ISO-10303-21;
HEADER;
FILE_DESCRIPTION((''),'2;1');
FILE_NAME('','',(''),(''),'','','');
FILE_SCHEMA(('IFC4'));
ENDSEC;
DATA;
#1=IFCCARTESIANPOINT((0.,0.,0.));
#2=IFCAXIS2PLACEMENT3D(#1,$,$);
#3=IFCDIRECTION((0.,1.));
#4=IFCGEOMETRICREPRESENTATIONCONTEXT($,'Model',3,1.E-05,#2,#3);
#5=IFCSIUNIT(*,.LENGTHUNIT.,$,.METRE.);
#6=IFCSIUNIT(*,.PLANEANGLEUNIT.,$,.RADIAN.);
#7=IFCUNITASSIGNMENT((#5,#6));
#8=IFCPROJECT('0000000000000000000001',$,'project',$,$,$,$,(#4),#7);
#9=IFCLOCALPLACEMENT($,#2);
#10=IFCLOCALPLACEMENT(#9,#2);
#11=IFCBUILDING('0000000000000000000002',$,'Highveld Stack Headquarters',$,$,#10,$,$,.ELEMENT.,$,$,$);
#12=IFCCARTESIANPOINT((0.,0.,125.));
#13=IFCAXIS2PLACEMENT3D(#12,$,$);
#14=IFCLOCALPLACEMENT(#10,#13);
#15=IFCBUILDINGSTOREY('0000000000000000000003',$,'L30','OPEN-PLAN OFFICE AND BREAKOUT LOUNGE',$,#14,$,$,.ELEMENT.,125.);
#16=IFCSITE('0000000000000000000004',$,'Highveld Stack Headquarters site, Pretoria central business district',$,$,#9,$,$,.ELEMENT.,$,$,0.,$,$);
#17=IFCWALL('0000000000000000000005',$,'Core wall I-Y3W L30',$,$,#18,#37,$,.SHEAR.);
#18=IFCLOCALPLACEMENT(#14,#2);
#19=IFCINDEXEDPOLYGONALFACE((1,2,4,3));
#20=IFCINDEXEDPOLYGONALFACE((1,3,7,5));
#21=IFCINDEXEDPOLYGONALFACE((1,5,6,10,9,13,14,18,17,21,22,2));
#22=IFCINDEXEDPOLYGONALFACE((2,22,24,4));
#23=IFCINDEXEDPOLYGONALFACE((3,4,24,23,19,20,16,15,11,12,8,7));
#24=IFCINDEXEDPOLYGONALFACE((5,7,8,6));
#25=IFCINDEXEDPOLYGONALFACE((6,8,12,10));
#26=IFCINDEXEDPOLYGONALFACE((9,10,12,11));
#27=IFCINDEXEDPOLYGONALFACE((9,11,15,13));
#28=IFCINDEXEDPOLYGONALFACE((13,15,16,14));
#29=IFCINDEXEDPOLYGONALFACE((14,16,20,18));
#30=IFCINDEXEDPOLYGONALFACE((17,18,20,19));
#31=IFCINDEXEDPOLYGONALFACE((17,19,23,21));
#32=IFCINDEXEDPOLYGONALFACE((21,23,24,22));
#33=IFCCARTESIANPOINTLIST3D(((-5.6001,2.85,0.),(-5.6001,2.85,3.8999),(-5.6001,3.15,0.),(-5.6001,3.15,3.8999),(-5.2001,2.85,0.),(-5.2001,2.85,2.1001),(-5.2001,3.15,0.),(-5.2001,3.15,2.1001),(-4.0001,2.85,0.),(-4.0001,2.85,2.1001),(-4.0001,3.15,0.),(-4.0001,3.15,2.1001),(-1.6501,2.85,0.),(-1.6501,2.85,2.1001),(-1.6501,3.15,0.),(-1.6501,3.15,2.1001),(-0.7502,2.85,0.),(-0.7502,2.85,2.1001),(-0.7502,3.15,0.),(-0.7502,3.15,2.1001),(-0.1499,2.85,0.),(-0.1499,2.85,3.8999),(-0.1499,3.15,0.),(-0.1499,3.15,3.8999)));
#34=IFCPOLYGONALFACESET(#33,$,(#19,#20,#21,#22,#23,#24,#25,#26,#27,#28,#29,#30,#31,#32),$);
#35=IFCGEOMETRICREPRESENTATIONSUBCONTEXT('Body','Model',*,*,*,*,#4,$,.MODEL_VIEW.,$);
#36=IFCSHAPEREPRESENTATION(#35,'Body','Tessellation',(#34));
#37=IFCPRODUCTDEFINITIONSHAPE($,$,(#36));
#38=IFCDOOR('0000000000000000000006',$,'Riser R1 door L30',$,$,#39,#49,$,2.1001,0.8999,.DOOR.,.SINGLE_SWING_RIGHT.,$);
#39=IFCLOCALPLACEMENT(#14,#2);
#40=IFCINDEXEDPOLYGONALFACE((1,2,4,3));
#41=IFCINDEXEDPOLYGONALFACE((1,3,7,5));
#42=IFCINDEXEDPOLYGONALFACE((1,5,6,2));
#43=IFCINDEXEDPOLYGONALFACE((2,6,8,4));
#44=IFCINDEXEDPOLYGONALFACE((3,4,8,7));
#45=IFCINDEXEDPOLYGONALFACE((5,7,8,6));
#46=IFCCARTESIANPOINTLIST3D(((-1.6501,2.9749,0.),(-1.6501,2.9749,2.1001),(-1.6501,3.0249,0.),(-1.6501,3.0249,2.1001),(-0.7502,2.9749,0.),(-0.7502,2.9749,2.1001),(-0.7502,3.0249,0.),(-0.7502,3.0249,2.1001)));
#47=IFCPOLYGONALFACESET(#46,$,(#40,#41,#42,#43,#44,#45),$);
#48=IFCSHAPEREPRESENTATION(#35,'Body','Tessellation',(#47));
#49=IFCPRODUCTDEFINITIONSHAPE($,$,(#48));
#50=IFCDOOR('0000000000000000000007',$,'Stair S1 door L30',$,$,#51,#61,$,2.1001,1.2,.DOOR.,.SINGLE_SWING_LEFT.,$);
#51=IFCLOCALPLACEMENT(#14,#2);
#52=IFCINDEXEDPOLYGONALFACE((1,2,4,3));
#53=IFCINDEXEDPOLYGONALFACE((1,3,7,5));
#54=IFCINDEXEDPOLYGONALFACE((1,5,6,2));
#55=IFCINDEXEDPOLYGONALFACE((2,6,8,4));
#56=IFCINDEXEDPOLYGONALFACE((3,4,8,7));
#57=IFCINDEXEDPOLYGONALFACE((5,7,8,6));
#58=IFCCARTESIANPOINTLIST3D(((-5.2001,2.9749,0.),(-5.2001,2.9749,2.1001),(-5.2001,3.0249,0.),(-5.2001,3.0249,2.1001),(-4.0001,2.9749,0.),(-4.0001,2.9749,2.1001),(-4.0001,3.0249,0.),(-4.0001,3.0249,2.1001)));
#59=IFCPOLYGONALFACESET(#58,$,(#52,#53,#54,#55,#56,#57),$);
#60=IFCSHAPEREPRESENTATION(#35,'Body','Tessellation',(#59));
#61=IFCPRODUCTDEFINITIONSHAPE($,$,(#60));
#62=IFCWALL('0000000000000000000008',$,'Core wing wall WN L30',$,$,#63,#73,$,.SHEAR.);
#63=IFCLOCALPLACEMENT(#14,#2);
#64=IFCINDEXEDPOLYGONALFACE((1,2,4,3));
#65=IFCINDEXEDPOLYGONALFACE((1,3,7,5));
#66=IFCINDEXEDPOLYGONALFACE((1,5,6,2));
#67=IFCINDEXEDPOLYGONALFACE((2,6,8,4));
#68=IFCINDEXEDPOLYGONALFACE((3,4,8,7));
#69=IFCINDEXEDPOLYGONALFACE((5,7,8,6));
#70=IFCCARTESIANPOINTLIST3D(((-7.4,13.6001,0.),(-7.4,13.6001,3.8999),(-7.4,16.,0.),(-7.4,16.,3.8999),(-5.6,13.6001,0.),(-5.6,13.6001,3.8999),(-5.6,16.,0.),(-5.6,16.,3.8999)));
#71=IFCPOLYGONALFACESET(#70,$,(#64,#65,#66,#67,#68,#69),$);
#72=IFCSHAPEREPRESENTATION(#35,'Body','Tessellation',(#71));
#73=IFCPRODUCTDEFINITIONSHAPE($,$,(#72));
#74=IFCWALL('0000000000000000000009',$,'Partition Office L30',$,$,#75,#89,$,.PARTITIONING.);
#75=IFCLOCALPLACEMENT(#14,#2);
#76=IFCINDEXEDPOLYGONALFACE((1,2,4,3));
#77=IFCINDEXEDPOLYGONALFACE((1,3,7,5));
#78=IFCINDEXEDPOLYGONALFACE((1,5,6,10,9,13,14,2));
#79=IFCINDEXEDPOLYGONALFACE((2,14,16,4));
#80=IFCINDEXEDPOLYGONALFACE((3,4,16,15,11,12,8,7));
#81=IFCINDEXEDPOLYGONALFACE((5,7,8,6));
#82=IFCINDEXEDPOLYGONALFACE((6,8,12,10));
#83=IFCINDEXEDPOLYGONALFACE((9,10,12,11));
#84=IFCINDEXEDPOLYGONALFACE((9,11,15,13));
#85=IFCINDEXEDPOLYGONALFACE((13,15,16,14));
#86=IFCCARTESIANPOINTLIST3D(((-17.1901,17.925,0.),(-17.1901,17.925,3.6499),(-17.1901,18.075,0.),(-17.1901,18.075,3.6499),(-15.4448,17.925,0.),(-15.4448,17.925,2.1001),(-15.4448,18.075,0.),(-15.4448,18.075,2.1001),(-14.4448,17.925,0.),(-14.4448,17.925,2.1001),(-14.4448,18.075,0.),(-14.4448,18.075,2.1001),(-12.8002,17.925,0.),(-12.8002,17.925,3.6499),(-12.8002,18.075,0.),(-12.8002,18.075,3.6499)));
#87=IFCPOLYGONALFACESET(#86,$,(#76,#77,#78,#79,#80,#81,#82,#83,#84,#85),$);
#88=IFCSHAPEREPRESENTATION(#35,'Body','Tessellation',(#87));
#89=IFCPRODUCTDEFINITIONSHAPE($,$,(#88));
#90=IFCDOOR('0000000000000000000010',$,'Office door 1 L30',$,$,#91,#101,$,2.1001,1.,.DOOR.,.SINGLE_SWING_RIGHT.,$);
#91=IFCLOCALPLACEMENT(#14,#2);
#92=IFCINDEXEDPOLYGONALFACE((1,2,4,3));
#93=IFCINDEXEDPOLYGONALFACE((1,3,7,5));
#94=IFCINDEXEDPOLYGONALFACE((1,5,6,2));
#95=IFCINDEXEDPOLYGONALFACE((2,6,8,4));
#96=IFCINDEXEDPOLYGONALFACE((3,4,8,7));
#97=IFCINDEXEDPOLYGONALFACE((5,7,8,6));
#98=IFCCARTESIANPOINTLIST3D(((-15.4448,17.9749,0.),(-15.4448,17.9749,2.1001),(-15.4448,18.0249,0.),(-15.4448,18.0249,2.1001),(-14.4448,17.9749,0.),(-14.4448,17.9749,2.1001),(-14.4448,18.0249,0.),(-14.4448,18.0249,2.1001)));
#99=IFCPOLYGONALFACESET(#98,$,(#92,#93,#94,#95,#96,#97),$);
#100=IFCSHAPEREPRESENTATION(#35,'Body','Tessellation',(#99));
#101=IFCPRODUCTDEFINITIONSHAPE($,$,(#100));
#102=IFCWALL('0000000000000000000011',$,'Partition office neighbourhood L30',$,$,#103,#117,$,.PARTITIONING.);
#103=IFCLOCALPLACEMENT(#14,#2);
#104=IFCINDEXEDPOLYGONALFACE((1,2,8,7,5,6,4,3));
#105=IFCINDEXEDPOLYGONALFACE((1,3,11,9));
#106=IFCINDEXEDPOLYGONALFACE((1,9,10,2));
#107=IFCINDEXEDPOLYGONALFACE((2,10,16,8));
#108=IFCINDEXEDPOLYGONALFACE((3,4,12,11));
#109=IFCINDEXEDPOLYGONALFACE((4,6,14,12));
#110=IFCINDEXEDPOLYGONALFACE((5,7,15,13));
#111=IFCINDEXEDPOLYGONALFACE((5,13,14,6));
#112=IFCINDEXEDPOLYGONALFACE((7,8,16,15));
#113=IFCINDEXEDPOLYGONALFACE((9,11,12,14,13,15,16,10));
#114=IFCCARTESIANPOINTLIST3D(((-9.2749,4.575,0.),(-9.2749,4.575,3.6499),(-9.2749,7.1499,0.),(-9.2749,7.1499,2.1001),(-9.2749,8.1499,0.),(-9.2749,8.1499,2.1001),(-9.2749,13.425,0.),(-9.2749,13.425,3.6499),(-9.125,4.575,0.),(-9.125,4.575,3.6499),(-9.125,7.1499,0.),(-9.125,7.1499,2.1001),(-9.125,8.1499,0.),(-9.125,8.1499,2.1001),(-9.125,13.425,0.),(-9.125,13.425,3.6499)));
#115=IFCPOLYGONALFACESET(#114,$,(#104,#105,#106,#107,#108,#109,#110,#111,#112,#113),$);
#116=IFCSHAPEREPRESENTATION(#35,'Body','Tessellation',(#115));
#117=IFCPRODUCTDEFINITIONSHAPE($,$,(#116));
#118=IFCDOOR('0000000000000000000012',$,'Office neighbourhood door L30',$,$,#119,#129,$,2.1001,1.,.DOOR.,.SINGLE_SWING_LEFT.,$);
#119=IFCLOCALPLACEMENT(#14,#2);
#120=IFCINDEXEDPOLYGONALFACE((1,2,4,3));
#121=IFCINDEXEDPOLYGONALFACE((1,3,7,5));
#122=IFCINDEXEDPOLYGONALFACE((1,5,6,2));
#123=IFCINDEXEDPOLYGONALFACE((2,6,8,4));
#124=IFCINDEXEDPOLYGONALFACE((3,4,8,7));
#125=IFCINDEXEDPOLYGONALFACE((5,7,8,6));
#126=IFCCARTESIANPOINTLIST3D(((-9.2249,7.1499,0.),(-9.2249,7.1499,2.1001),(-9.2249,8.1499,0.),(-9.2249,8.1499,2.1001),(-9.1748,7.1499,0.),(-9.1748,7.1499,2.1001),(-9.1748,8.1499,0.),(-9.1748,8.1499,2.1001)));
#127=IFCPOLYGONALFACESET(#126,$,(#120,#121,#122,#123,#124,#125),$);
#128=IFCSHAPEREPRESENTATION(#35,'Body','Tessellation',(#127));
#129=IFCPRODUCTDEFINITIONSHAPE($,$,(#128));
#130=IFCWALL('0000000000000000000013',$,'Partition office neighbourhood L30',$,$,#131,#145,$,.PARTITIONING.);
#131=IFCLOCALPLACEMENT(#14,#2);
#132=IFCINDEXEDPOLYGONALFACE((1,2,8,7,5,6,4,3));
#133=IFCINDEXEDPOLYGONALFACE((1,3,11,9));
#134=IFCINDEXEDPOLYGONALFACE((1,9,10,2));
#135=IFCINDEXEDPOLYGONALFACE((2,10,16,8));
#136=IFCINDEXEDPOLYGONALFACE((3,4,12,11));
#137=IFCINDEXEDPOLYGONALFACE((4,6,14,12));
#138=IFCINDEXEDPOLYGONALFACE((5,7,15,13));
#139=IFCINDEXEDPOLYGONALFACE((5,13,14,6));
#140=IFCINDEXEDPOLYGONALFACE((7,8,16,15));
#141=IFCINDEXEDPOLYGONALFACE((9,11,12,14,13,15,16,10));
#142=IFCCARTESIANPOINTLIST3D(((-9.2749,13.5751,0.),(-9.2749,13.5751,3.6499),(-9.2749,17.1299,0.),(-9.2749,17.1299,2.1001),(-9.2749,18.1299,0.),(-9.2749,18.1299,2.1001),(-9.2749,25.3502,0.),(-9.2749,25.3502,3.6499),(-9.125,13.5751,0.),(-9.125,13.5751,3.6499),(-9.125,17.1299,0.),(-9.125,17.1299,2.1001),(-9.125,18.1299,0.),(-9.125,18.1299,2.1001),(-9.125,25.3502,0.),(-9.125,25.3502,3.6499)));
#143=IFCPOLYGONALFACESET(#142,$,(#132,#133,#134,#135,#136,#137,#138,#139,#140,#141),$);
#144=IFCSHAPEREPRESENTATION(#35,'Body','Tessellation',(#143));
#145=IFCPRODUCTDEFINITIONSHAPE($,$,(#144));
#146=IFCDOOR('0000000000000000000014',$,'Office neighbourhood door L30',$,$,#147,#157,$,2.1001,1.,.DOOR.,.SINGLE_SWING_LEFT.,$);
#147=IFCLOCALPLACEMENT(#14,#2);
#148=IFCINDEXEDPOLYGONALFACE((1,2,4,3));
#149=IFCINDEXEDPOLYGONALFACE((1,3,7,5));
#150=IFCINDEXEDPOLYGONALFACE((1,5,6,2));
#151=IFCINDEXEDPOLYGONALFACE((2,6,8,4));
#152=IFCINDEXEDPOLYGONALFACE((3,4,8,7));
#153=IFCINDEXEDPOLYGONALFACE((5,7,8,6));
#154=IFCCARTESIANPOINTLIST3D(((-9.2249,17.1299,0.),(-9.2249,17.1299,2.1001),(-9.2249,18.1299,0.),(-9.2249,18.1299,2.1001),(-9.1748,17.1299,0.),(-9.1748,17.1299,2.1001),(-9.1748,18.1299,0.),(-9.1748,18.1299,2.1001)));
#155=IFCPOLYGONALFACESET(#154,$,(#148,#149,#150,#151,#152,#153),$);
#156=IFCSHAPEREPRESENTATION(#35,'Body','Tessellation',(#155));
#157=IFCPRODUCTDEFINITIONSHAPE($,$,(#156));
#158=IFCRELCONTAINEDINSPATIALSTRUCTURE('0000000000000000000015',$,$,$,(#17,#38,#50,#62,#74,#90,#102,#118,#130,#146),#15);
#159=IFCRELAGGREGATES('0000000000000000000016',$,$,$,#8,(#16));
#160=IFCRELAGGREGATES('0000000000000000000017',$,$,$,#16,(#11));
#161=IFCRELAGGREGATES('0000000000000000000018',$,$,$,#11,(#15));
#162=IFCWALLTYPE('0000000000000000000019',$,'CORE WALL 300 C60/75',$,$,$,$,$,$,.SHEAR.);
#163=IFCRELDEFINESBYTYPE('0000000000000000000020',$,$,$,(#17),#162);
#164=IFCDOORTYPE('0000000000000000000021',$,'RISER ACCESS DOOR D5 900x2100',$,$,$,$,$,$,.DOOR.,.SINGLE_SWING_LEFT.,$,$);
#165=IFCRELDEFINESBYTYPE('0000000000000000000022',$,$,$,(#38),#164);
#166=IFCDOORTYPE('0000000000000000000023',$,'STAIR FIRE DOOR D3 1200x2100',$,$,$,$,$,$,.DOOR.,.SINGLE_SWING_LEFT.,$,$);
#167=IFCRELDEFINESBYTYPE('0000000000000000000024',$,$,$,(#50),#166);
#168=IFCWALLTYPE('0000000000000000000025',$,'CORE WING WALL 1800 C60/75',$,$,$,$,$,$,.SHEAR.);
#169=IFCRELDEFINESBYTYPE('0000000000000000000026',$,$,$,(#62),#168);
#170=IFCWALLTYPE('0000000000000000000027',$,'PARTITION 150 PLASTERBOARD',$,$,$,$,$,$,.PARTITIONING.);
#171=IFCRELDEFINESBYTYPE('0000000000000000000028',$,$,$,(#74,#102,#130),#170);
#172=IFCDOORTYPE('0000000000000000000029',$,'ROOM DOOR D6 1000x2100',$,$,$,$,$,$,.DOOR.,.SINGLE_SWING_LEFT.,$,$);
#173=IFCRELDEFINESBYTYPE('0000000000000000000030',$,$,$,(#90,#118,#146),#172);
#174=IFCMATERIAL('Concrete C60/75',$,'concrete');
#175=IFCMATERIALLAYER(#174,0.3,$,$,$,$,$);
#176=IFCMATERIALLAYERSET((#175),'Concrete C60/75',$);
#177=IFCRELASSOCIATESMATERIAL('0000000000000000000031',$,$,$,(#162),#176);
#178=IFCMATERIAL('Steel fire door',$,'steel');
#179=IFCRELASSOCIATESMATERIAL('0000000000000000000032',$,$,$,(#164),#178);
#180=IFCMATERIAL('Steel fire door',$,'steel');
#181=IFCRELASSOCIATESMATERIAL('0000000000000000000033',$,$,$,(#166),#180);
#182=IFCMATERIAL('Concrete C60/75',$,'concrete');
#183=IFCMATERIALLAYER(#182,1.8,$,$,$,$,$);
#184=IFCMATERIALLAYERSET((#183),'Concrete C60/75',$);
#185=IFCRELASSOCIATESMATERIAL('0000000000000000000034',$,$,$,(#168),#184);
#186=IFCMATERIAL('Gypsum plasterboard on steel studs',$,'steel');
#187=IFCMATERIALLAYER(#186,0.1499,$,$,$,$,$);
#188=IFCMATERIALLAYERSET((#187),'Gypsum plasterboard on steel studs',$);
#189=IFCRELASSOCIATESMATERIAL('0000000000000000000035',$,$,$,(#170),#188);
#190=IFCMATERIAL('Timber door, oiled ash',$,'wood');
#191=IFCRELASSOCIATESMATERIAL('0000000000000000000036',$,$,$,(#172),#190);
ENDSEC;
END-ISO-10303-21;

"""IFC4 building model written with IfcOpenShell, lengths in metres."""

from ifc_helpers import new_model, si_unit, direction, frame, frame_2d, origin, place, context, subcontext, project, spatial, rectangle, extrude, material, layer, layer_set, type_object, element, fill, save


model = new_model("IFC4")

# Units and contexts
model_context = context("Model", 3, precision=1e-05, world=origin(), true_north=direction((0.0, 1.0)))
body_context = subcontext(model_context, "Body", "Model", "MODEL_VIEW")
ifc_project = project(units=[si_unit("LENGTHUNIT", "METRE"), si_unit("PLANEANGLEUNIT", "RADIAN")], contexts=[model_context])

# Site, building, storey
site_placement = place(None, origin())
site = spatial("IfcSite", under=ifc_project, at=site_placement, Name="Highveld Stack Headquarters site, Pretoria central business district", CompositionType="ELEMENT", RefElevation=0.0)
building_placement = place(site_placement, origin())
building = spatial("IfcBuilding", under=site, at=building_placement, Name="Highveld Stack Headquarters", CompositionType="ELEMENT")
storey_placement = place(building_placement, frame((0.0, 0.0, 125.0)))
storey = spatial("IfcBuildingStorey", under=building, at=storey_placement, Name="L30", Description="OPEN-PLAN OFFICE AND BREAKOUT LOUNGE", CompositionType="ELEMENT", Elevation=125.0)

# Wall, openings, doors
ifc_material_1 = material(Name="Concrete C60/75", Category="concrete")
ifc_layer_1 = layer(ifc_material_1, 0.3)
ifc_layer_set_1 = layer_set([ifc_layer_1], Name="Concrete C60/75")
wall_type_1 = type_object("IfcWallType", Name="CORE WALL 300 C60/75", PredefinedType="SHEAR", material=ifc_layer_set_1)
wall_1_placement = place(storey_placement, frame((-5.6001, 3.0, 0.0), z_axis=(0.0, 0.0, 1.0), x_axis=(1.0, 0.0, 0.0)))
wall_1 = element("IfcWall", 1, at=wall_1_placement, inside=storey, type_object=wall_type_1, Name="Core wall I-Y3W L30", PredefinedType="SHEAR", context=body_context, shape_type="SweptSolid", body=[
    extrude(rectangle(XDim=5.4502, YDim=0.3, at=frame_2d((2.7251, 0.0))), origin(), (0.0, 0.0, 1.0), 3.8999),
])
opening_1_placement = place(wall_1_placement, frame((0.3999, 0.0, 0.0)))
opening_1 = element("IfcOpeningElement", 2, at=opening_1_placement, cuts=wall_1, PredefinedType="OPENING", context=body_context, shape_type="SweptSolid", body=[
    extrude(rectangle(XDim=1.2, YDim=2.1001, at=frame_2d((0.6001, 1.05))), frame((0.0, 0.1599, 0.0), z_axis=(0.0, -1.0, 0.0), x_axis=(1.0, 0.0, 0.0)), (0.0, 0.0, 1.0), 0.3201),
])
opening_2_placement = place(wall_1_placement, frame((3.95, 0.0, 0.0)))
opening_2 = element("IfcOpeningElement", 3, at=opening_2_placement, cuts=wall_1, PredefinedType="OPENING", context=body_context, shape_type="SweptSolid", body=[
    extrude(rectangle(XDim=0.8999, YDim=2.1001, at=frame_2d((0.45, 1.05))), frame((0.0, 0.1599, 0.0), z_axis=(0.0, -1.0, 0.0), x_axis=(1.0, 0.0, 0.0)), (0.0, 0.0, 1.0), 0.3201),
])
ifc_material_2 = material(Name="Steel fire door", Category="steel")
door_type_1 = type_object("IfcDoorType", Name="RISER ACCESS DOOR D5 900x2100", OperationType="SINGLE_SWING_LEFT", PredefinedType="DOOR", material=ifc_material_2)
door_1_placement = place(opening_2_placement, origin())
door_1 = element("IfcDoor", 4, at=door_1_placement, inside=storey, type_object=door_type_1, Name="Riser R1 door L30", OperationType="SINGLE_SWING_RIGHT", OverallHeight=2.1001, OverallWidth=0.8999, PredefinedType="DOOR", context=body_context, shape_type="SweptSolid", body=[
    extrude(rectangle(XDim=0.8999, YDim=2.1001, at=frame_2d((0.45, 1.05))), frame((0.0, 0.0249, 0.0), z_axis=(0.0, -1.0, 0.0), x_axis=(1.0, 0.0, 0.0)), (0.0, 0.0, 1.0), 0.05),
])
fill(opening_2, door_1)
ifc_material_3 = material(Name="Steel fire door", Category="steel")
door_type_2 = type_object("IfcDoorType", Name="STAIR FIRE DOOR D3 1200x2100", OperationType="SINGLE_SWING_LEFT", PredefinedType="DOOR", material=ifc_material_3)
door_2_placement = place(opening_1_placement, origin())
door_2 = element("IfcDoor", 5, at=door_2_placement, inside=storey, type_object=door_type_2, Name="Stair S1 door L30", OperationType="SINGLE_SWING_LEFT", OverallHeight=2.1001, OverallWidth=1.2, PredefinedType="DOOR", context=body_context, shape_type="SweptSolid", body=[
    extrude(rectangle(XDim=1.2, YDim=2.1001, at=frame_2d((0.6001, 1.05))), frame((0.0, 0.0249, 0.0), z_axis=(0.0, -1.0, 0.0), x_axis=(1.0, 0.0, 0.0)), (0.0, 0.0, 1.0), 0.05),
])
fill(opening_1, door_2)

# Wall
ifc_material_4 = material(Name="Concrete C60/75", Category="concrete")
ifc_layer_2 = layer(ifc_material_4, 1.8)
ifc_layer_set_2 = layer_set([ifc_layer_2], Name="Concrete C60/75")
wall_type_2 = type_object("IfcWallType", Name="CORE WING WALL 1800 C60/75", PredefinedType="SHEAR", material=ifc_layer_set_2)
wall_2_placement = place(storey_placement, frame((-6.5, 13.6001, 0.0), z_axis=(0.0, 0.0, 1.0), x_axis=(0.0, 1.0, 0.0)))
element("IfcWall", 6, at=wall_2_placement, inside=storey, type_object=wall_type_2, Name="Core wing wall WN L30", PredefinedType="SHEAR", context=body_context, shape_type="SweptSolid", body=[
    extrude(rectangle(XDim=2.3999, YDim=1.8, at=frame_2d((1.2, 0.0))), origin(), (0.0, 0.0, 1.0), 3.8999),
])

# Walls, openings, doors
ifc_material_5 = material(Name="Gypsum plasterboard on steel studs", Category="steel")
ifc_layer_3 = layer(ifc_material_5, 0.1499)
ifc_layer_set_3 = layer_set([ifc_layer_3], Name="Gypsum plasterboard on steel studs")
wall_type_3 = type_object("IfcWallType", Name="PARTITION 150 PLASTERBOARD", PredefinedType="PARTITIONING", material=ifc_layer_set_3)
wall_3_placement = place(storey_placement, frame((-17.1899, 18.0, 0.0), z_axis=(0.0, 0.0, 1.0), x_axis=(1.0, 0.0, 0.0)))
wall_3 = element("IfcWall", 7, at=wall_3_placement, inside=storey, type_object=wall_type_3, Name="Partition Office L30", PredefinedType="PARTITIONING", context=body_context, shape_type="SweptSolid", body=[
    extrude(rectangle(XDim=4.3899, YDim=0.1499, at=frame_2d((2.1948, 0.0))), origin(), (0.0, 0.0, 1.0), 3.6499),
])
opening_3_placement = place(wall_3_placement, frame((1.7451, 0.0, 0.0)))
opening_3 = element("IfcOpeningElement", 8, at=opening_3_placement, cuts=wall_3, PredefinedType="OPENING", context=body_context, shape_type="SweptSolid", body=[
    extrude(rectangle(XDim=1.0, YDim=2.1001, at=frame_2d((0.5, 1.05))), frame((0.0, 0.085, 0.0), z_axis=(0.0, -1.0, 0.0), x_axis=(1.0, 0.0, 0.0)), (0.0, 0.0, 1.0), 0.1699),
])
ifc_material_6 = material(Name="Timber door, oiled ash", Category="wood")
door_type_3 = type_object("IfcDoorType", Name="ROOM DOOR D6 1000x2100", OperationType="SINGLE_SWING_LEFT", PredefinedType="DOOR", material=ifc_material_6)
door_3_placement = place(opening_3_placement, origin())
door_3 = element("IfcDoor", 9, at=door_3_placement, inside=storey, type_object=door_type_3, Name="Office door 1 L30", OperationType="SINGLE_SWING_RIGHT", OverallHeight=2.1001, OverallWidth=1.0, PredefinedType="DOOR", context=body_context, shape_type="SweptSolid", body=[
    extrude(rectangle(XDim=1.0, YDim=2.1001, at=frame_2d((0.5, 1.05))), frame((0.0, 0.0249, 0.0), z_axis=(0.0, -1.0, 0.0), x_axis=(1.0, 0.0, 0.0)), (0.0, 0.0, 1.0), 0.05),
])
fill(opening_3, door_3)
wall_4_placement = place(storey_placement, frame((-9.2, 4.575, 0.0), z_axis=(0.0, 0.0, 1.0), x_axis=(0.0, 1.0, 0.0)))
wall_4 = element("IfcWall", 10, at=wall_4_placement, inside=storey, type_object=wall_type_3, Name="Partition office neighbourhood L30", PredefinedType="PARTITIONING", context=body_context, shape_type="SweptSolid", body=[
    extrude(rectangle(XDim=8.8501, YDim=0.1499, at=frame_2d((4.425, 0.0))), origin(), (0.0, 0.0, 1.0), 3.6499),
])
opening_4_placement = place(wall_4_placement, frame((2.575, 0.0, 0.0)))
opening_4 = element("IfcOpeningElement", 11, at=opening_4_placement, cuts=wall_4, PredefinedType="OPENING", context=body_context, shape_type="SweptSolid", body=[
    extrude(rectangle(XDim=1.0, YDim=2.1001, at=frame_2d((0.5, 1.05))), frame((0.0, 0.085, 0.0), z_axis=(0.0, -1.0, 0.0), x_axis=(1.0, 0.0, 0.0)), (0.0, 0.0, 1.0), 0.1699),
])
door_4_placement = place(opening_4_placement, origin())
door_4 = element("IfcDoor", 12, at=door_4_placement, inside=storey, type_object=door_type_3, Name="Office neighbourhood door L30", OperationType="SINGLE_SWING_LEFT", OverallHeight=2.1001, OverallWidth=1.0, PredefinedType="DOOR", context=body_context, shape_type="SweptSolid", body=[
    extrude(rectangle(XDim=1.0, YDim=2.1001, at=frame_2d((0.5, 1.05))), frame((0.0, 0.0249, 0.0), z_axis=(0.0, -1.0, 0.0), x_axis=(1.0, 0.0, 0.0)), (0.0, 0.0, 1.0), 0.05),
])
fill(opening_4, door_4)
wall_5_placement = place(storey_placement, frame((-9.2, 13.575, 0.0), z_axis=(0.0, 0.0, 1.0), x_axis=(0.0, 1.0, 0.0)))
wall_5 = element("IfcWall", 13, at=wall_5_placement, inside=storey, type_object=wall_type_3, Name="Partition office neighbourhood L30", PredefinedType="PARTITIONING", context=body_context, shape_type="SweptSolid", body=[
    extrude(rectangle(XDim=11.7751, YDim=0.1499, at=frame_2d((5.8877, 0.0))), origin(), (0.0, 0.0, 1.0), 3.6499),
])
opening_5_placement = place(wall_5_placement, frame((3.5549, 0.0, 0.0)))
opening_5 = element("IfcOpeningElement", 14, at=opening_5_placement, cuts=wall_5, PredefinedType="OPENING", context=body_context, shape_type="SweptSolid", body=[
    extrude(rectangle(XDim=1.0, YDim=2.1001, at=frame_2d((0.5, 1.05))), frame((0.0, 0.085, 0.0), z_axis=(0.0, -1.0, 0.0), x_axis=(1.0, 0.0, 0.0)), (0.0, 0.0, 1.0), 0.1699),
])
door_5_placement = place(opening_5_placement, origin())
door_5 = element("IfcDoor", 15, at=door_5_placement, inside=storey, type_object=door_type_3, Name="Office neighbourhood door L30", OperationType="SINGLE_SWING_LEFT", OverallHeight=2.1001, OverallWidth=1.0, PredefinedType="DOOR", context=body_context, shape_type="SweptSolid", body=[
    extrude(rectangle(XDim=1.0, YDim=2.1001, at=frame_2d((0.5, 1.05))), frame((0.0, 0.0249, 0.0), z_axis=(0.0, -1.0, 0.0), x_axis=(1.0, 0.0, 0.0)), (0.0, 0.0, 1.0), 0.05),
])
fill(opening_5, door_5)

save(model, "model.ifc")
